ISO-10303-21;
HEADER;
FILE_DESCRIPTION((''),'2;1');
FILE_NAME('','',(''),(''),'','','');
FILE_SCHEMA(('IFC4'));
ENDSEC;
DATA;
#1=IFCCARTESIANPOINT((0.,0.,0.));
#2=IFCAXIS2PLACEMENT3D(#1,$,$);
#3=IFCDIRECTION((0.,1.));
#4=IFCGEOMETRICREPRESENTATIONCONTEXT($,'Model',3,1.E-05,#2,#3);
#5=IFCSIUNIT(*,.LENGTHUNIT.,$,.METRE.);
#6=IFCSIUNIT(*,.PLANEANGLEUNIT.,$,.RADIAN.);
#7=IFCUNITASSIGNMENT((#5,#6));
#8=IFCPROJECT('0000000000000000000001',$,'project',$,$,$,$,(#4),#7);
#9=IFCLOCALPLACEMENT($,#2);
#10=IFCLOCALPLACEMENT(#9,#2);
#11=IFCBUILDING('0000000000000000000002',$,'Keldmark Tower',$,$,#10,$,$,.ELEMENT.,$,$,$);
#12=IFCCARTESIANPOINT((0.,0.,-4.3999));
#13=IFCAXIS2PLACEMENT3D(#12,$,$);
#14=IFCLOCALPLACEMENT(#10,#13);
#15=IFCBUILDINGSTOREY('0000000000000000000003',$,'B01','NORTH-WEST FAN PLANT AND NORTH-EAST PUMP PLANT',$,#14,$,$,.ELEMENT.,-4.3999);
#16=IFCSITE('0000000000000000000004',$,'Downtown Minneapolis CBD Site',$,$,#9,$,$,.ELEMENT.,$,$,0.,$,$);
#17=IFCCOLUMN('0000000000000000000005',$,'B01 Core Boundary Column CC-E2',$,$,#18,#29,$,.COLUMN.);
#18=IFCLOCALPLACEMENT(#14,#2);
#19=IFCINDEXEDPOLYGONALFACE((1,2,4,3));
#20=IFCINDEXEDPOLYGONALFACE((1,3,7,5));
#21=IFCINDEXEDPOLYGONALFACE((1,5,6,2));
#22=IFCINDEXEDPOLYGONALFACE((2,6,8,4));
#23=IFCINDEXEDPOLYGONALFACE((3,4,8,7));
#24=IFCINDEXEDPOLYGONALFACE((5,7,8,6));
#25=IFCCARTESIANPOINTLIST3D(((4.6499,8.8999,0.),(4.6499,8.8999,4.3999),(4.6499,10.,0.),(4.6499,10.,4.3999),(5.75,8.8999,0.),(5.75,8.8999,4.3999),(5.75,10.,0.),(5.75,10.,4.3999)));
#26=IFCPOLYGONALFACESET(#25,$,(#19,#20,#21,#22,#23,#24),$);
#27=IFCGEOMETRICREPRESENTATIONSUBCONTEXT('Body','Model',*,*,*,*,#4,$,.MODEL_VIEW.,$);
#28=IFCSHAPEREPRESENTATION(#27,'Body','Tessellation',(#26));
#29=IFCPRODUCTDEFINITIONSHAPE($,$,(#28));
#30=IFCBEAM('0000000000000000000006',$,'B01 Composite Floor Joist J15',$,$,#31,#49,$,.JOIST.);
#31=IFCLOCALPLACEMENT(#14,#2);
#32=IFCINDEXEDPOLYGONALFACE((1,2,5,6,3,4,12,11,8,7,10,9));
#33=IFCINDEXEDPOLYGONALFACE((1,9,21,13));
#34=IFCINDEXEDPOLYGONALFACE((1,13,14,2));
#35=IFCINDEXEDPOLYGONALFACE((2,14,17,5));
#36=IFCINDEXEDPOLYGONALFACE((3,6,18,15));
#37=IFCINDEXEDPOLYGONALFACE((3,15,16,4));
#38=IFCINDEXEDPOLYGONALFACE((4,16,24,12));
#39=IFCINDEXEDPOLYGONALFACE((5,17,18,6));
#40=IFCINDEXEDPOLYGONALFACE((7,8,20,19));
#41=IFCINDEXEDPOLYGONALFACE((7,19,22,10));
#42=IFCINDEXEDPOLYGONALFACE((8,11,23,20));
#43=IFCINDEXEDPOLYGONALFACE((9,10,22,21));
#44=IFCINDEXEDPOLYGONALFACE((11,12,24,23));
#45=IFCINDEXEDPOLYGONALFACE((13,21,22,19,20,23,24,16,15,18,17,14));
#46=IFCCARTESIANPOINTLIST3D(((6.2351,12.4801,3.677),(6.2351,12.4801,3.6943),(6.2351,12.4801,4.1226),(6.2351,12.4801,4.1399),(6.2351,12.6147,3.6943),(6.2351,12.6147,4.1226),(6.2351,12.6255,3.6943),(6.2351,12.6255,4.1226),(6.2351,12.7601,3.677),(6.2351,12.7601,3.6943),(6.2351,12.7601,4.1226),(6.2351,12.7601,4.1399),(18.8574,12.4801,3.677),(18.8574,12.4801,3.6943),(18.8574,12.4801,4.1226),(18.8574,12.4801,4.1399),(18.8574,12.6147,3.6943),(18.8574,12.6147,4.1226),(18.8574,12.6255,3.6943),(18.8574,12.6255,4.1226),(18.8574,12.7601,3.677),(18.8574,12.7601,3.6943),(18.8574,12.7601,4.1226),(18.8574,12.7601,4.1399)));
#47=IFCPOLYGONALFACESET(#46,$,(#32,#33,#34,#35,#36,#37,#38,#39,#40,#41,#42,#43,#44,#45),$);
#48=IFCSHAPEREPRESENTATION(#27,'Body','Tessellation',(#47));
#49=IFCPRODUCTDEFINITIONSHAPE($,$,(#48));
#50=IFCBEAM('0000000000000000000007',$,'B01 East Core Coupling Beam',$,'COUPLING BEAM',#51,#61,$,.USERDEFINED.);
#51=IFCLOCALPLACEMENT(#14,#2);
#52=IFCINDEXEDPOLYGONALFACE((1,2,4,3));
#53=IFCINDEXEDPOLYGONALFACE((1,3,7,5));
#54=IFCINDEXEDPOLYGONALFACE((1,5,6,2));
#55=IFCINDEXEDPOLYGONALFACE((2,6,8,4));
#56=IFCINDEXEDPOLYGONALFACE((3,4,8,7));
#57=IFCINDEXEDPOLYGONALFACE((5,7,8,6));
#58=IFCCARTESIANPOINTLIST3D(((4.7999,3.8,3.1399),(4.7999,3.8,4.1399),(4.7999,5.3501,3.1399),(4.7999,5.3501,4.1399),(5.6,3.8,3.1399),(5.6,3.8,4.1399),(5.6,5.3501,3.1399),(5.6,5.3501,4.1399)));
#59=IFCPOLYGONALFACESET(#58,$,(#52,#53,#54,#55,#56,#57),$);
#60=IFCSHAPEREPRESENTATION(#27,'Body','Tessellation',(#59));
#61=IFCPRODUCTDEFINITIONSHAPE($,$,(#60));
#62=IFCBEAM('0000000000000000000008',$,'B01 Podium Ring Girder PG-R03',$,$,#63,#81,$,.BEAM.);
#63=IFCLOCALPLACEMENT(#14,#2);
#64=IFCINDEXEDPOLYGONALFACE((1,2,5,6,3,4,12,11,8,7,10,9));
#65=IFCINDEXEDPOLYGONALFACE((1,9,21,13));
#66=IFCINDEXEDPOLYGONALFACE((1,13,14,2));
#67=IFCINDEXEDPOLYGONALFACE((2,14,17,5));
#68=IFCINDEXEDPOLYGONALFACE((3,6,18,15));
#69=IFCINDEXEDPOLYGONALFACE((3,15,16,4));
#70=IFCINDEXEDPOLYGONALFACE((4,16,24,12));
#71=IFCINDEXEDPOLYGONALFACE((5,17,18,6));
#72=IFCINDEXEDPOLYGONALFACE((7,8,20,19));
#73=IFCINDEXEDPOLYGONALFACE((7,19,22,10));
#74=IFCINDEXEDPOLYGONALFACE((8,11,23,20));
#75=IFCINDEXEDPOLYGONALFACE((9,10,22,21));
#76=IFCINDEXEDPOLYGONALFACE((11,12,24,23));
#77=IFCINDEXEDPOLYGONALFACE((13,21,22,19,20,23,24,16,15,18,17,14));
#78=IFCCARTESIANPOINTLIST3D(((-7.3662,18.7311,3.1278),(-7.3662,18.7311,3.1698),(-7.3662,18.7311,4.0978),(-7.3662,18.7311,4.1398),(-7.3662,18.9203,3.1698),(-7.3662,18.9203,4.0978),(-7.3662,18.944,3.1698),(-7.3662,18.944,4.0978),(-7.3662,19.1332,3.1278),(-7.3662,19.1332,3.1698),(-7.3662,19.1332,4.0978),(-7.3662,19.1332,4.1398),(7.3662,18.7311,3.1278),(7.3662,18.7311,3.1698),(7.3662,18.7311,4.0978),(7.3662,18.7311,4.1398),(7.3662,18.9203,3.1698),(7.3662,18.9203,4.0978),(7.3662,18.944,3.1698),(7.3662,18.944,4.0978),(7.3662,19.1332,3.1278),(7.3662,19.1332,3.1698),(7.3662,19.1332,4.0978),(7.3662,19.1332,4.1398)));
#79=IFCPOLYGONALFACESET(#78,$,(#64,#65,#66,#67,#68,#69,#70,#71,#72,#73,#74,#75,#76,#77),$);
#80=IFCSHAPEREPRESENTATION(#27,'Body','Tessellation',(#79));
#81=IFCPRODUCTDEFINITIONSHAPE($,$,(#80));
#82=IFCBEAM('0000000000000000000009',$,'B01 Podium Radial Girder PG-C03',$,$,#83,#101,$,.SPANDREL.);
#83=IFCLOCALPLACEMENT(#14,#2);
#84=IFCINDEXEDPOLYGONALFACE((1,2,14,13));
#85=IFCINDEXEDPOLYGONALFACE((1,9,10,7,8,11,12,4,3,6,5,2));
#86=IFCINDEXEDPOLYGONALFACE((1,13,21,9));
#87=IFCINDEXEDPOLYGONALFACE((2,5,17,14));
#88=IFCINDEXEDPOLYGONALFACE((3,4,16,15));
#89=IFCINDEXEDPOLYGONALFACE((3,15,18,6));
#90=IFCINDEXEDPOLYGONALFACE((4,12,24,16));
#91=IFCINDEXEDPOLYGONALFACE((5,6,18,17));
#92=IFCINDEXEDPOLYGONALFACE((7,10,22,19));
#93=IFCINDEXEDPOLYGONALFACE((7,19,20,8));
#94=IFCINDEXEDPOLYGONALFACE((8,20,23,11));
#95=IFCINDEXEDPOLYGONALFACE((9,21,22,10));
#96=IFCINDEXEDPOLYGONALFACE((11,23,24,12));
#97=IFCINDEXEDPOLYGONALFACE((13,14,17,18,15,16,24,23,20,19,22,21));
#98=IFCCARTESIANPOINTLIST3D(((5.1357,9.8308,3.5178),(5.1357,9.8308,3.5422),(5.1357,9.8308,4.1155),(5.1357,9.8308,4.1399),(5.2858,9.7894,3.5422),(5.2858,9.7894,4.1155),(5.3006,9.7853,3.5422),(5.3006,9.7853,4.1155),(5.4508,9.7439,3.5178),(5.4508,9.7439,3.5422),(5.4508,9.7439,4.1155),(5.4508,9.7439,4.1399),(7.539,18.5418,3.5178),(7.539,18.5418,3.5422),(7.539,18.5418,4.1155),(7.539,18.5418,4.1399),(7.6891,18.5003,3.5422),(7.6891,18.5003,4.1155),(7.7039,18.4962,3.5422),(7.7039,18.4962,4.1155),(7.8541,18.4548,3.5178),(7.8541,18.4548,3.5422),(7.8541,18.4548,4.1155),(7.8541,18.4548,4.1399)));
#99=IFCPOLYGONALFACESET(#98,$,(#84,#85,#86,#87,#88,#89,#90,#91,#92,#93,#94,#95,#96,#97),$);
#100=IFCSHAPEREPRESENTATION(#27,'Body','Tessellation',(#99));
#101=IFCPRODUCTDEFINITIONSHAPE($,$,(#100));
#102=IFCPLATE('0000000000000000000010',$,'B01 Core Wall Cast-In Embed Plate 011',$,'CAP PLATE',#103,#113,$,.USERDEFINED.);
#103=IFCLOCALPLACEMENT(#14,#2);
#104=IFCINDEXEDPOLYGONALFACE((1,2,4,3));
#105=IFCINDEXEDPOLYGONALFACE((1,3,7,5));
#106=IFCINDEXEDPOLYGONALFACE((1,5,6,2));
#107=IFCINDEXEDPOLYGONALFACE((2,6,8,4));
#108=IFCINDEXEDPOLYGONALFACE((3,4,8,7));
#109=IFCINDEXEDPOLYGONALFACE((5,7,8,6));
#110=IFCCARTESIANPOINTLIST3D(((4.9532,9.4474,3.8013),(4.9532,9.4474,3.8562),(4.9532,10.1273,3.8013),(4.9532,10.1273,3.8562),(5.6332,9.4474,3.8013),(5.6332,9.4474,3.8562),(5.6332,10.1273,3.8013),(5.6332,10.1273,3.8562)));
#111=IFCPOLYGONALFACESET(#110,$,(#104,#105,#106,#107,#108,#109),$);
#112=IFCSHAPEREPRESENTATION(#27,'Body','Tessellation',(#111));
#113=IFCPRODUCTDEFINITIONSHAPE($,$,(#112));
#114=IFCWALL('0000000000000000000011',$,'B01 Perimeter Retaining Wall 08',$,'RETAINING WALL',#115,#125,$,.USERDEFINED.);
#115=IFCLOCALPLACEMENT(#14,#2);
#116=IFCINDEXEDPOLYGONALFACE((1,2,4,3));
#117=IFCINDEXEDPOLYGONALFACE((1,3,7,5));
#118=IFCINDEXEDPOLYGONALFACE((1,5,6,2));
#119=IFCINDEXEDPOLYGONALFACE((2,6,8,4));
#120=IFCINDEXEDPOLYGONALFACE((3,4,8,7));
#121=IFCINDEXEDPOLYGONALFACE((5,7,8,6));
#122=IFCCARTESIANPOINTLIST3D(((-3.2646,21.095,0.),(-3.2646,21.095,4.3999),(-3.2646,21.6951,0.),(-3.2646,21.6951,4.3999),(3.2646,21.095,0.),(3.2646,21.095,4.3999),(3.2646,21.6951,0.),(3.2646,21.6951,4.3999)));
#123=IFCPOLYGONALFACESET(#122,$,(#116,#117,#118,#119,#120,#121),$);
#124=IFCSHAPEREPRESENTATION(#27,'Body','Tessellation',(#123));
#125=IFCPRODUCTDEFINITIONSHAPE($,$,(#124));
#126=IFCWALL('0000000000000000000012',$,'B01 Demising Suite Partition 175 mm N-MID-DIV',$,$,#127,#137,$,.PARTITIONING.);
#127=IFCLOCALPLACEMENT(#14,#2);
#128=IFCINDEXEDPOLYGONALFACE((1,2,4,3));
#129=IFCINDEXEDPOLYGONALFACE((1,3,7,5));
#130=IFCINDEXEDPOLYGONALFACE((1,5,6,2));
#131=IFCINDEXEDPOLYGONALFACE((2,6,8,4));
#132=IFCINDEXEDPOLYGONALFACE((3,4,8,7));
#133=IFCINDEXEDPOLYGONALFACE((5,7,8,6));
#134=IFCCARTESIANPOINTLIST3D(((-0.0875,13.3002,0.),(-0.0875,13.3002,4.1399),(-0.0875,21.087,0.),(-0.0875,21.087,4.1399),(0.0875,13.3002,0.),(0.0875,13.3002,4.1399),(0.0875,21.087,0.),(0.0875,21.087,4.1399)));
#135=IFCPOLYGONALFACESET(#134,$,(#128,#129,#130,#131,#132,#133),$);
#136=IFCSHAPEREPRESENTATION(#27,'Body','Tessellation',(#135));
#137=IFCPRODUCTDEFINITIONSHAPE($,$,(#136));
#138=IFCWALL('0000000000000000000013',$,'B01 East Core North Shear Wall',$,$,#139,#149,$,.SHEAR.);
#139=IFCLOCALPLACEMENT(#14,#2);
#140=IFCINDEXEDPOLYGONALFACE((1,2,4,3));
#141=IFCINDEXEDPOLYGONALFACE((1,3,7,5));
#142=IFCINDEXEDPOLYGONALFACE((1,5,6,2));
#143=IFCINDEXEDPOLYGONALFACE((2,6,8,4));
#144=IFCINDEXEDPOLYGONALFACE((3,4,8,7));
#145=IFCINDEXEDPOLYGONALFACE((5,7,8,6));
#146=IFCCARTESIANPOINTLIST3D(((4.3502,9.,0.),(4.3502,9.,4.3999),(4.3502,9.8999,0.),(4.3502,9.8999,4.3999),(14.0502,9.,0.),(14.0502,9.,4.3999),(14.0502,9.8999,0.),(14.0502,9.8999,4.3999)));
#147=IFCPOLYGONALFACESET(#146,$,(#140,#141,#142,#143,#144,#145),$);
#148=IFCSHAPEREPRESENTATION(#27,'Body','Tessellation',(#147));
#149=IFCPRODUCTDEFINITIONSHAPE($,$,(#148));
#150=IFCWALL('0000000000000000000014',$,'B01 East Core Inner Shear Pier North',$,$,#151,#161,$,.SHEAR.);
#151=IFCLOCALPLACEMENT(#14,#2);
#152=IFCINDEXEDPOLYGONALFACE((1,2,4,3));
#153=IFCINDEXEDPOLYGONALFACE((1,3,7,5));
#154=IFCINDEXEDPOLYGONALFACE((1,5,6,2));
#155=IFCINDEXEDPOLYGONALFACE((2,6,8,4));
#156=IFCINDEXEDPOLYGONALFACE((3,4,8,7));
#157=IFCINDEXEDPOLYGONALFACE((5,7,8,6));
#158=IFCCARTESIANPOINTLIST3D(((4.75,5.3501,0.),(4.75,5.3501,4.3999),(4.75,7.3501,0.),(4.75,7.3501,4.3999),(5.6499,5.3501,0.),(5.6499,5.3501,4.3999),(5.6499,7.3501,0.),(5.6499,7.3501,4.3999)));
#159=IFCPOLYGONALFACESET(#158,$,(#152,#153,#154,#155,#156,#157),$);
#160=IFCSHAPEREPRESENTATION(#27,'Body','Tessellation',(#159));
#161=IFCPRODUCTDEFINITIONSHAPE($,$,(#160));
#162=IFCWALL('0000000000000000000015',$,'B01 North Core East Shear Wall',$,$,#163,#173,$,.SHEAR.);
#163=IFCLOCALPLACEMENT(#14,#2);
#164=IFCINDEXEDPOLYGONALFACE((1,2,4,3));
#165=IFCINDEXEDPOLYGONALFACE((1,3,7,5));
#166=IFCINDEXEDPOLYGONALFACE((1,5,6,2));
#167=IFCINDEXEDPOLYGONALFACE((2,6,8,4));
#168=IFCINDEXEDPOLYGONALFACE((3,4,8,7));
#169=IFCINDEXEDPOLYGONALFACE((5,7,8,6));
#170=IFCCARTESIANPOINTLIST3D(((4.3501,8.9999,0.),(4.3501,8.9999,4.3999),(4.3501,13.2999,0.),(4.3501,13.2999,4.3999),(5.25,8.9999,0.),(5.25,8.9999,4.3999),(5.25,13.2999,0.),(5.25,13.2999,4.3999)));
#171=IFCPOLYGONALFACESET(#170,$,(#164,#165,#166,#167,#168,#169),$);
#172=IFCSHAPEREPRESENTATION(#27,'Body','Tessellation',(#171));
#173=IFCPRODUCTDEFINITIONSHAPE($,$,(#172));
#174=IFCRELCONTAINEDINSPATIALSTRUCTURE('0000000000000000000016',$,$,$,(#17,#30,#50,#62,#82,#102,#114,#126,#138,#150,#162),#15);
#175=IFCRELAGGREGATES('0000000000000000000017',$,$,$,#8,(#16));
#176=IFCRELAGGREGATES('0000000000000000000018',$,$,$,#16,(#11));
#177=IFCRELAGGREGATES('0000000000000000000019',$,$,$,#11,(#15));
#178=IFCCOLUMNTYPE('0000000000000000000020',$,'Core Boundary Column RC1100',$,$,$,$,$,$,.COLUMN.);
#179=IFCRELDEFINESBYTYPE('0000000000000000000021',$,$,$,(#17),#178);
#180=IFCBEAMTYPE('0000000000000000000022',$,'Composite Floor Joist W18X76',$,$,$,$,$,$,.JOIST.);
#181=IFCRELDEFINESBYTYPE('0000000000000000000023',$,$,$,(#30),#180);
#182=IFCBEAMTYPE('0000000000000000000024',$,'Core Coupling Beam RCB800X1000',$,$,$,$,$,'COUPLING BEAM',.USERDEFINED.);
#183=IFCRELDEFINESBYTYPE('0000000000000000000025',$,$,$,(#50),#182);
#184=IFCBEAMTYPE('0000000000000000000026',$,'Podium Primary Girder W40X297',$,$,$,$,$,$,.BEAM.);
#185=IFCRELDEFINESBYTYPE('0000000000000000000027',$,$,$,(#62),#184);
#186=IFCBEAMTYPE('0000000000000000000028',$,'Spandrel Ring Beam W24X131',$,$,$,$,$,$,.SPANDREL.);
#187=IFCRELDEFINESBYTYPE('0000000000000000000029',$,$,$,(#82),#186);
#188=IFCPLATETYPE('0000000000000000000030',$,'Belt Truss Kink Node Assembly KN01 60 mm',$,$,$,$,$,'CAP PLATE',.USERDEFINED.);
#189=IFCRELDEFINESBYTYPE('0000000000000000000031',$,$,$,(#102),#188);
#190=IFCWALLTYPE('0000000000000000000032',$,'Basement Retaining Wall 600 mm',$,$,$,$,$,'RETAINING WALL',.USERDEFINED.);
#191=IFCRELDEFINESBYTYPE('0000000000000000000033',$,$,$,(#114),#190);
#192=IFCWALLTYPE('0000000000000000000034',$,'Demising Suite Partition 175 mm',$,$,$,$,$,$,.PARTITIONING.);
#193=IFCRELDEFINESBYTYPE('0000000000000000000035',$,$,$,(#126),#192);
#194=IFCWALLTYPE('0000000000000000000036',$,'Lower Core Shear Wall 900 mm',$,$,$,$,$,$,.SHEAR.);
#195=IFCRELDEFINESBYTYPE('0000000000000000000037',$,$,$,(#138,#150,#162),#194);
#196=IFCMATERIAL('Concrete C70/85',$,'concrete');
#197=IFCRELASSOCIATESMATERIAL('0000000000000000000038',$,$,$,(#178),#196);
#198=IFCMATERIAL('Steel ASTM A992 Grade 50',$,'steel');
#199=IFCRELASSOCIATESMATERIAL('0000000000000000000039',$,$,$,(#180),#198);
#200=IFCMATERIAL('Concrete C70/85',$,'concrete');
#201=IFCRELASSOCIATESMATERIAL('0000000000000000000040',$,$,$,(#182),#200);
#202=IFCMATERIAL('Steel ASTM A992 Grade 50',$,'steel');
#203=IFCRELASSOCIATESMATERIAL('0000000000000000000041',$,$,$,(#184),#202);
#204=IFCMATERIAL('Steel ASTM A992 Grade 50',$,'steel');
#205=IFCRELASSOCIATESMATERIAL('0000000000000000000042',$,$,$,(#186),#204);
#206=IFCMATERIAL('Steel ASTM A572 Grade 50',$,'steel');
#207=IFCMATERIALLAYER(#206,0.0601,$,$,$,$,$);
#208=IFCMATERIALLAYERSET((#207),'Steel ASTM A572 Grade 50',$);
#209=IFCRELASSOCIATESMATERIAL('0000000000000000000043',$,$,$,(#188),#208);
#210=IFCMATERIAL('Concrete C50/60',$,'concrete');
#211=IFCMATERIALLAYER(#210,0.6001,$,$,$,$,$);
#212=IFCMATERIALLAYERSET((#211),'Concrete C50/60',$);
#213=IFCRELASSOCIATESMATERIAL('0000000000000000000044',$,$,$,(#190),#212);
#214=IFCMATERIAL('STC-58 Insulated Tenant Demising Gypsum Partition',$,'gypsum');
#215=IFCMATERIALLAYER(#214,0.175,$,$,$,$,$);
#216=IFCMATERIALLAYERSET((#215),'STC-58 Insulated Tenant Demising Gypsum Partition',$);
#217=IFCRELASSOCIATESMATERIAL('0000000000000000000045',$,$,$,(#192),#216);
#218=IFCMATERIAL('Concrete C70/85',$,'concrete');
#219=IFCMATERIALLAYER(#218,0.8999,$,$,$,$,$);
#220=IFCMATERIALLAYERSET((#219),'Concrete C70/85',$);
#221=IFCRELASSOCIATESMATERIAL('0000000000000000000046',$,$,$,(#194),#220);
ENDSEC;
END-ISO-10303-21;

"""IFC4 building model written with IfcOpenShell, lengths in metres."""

from ifc_helpers import new_model, si_unit, direction, frame, frame_2d, origin, origin_2d, place, context, subcontext, project, spatial, rectangle, i_section, extrude, material, layer, layer_set, material_profile, profile_set, type_object, element, save


model = new_model("IFC4")

# Units and contexts
model_context = context("Model", 3, precision=1e-05, world=origin(), true_north=direction((0.0, 1.0)))
body_context = subcontext(model_context, "Body", "Model", "MODEL_VIEW")
ifc_project = project(units=[si_unit("LENGTHUNIT", "METRE"), si_unit("PLANEANGLEUNIT", "RADIAN")], contexts=[model_context])

# Site, building, storey
site_placement = place(None, origin())
site = spatial("IfcSite", under=ifc_project, at=site_placement, Name="Downtown Minneapolis CBD Site", CompositionType="ELEMENT", RefElevation=0.0)
building_placement = place(site_placement, origin())
building = spatial("IfcBuilding", under=site, at=building_placement, Name="Keldmark Tower", CompositionType="ELEMENT")
storey_placement = place(building_placement, frame((0.0, 0.0, -4.3999)))
storey = spatial("IfcBuildingStorey", under=building, at=storey_placement, Name="B01", Description="NORTH-WEST FAN PLANT AND NORTH-EAST PUMP PLANT", CompositionType="ELEMENT", Elevation=-4.3999)

# Column
ifc_material_1 = material(Name="Concrete C70/85", Category="concrete")
ifc_material_profile_1 = material_profile(ifc_material_1, rectangle(XDim=1.1001, YDim=1.1001, at=origin_2d()), Name="RC1100X1100")
ifc_profile_set_1 = profile_set([ifc_material_profile_1], Name="Concrete C70/85")
column_type = type_object("IfcColumnType", Name="Core Boundary Column RC1100", PredefinedType="COLUMN", material=ifc_profile_set_1)
column_placement = place(storey_placement, frame((5.2, 9.45, 0.0), z_axis=(0.0, 0.0, 1.0), x_axis=(1.0, 0.0, 0.0)))
element("IfcColumn", 1, at=column_placement, inside=storey, type_object=column_type, Name="B01 Core Boundary Column CC-E2", PredefinedType="COLUMN", context=body_context, shape_type="SweptSolid", body=[
    extrude(rectangle(XDim=1.1001, YDim=1.1001, at=origin_2d()), origin(), (0.0, 0.0, 1.0), 4.3999),
])

# Beams
ifc_material_2 = material(Name="Steel ASTM A992 Grade 50", Category="steel")
ifc_material_profile_2 = material_profile(ifc_material_2, i_section(OverallWidth=0.28, OverallDepth=0.4629, WebThickness=0.0107, FlangeThickness=0.0173, at=origin_2d()), Name="W18X76")
ifc_profile_set_2 = profile_set([ifc_material_profile_2], Name="Steel ASTM A992 Grade 50")
beam_type_1 = type_object("IfcBeamType", Name="Composite Floor Joist W18X76", PredefinedType="JOIST", material=ifc_profile_set_2)
beam_1_placement = place(storey_placement, frame((6.2351, 12.6201, 3.9084), z_axis=(1.0, 0.0, 0.0), x_axis=(0.0, 1.0, 0.0)))
element("IfcBeam", 2, at=beam_1_placement, inside=storey, type_object=beam_type_1, Name="B01 Composite Floor Joist J15", PredefinedType="JOIST", context=body_context, shape_type="SweptSolid", body=[
    extrude(i_section(OverallWidth=0.28, OverallDepth=0.4629, WebThickness=0.0107, FlangeThickness=0.0173, at=origin_2d()), origin(), (0.0, 0.0, 1.0), 12.6223),
])
ifc_material_3 = material(Name="Concrete C70/85", Category="concrete")
ifc_material_profile_3 = material_profile(ifc_material_3, rectangle(XDim=0.8, YDim=1.0, at=origin_2d()), Name="RCB800X1000")
ifc_profile_set_3 = profile_set([ifc_material_profile_3], Name="Concrete C70/85")
beam_type_2 = type_object("IfcBeamType", Name="Core Coupling Beam RCB800X1000", ElementType="COUPLING BEAM", PredefinedType="USERDEFINED", material=ifc_profile_set_3)
beam_2_placement = place(storey_placement, frame((5.2, 3.8, 3.6399), z_axis=(0.0, 1.0, 0.0), x_axis=(-1.0, 0.0, 0.0)))
element("IfcBeam", 3, at=beam_2_placement, inside=storey, type_object=beam_type_2, Name="B01 East Core Coupling Beam", ObjectType="COUPLING BEAM", PredefinedType="USERDEFINED", context=body_context, shape_type="SweptSolid", body=[
    extrude(rectangle(XDim=0.8, YDim=1.0, at=origin_2d()), origin(), (0.0, 0.0, 1.0), 1.55),
])
ifc_material_4 = material(Name="Steel ASTM A992 Grade 50", Category="steel")
ifc_material_profile_4 = material_profile(ifc_material_4, i_section(OverallWidth=0.4021, OverallDepth=1.012, WebThickness=0.0237, FlangeThickness=0.042, at=origin_2d()), Name="W40X297")
ifc_profile_set_4 = profile_set([ifc_material_profile_4], Name="Steel ASTM A992 Grade 50")
beam_type_3 = type_object("IfcBeamType", Name="Podium Primary Girder W40X297", PredefinedType="BEAM", material=ifc_profile_set_4)
beam_3_placement = place(storey_placement, frame((7.3662, 18.9321, 3.6338), z_axis=(-1.0, 0.0, 0.0), x_axis=(0.0, -1.0, 0.0)))
element("IfcBeam", 4, at=beam_3_placement, inside=storey, type_object=beam_type_3, Name="B01 Podium Ring Girder PG-R03", PredefinedType="BEAM", context=body_context, shape_type="SweptSolid", body=[
    extrude(i_section(OverallWidth=0.4021, OverallDepth=1.012, WebThickness=0.0237, FlangeThickness=0.042, at=origin_2d()), origin(), (0.0, 0.0, 1.0), 14.7324),
])
ifc_material_5 = material(Name="Steel ASTM A992 Grade 50", Category="steel")
ifc_material_profile_5 = material_profile(ifc_material_5, i_section(OverallWidth=0.3269, OverallDepth=0.6221, WebThickness=0.0154, FlangeThickness=0.0244, at=origin_2d()), Name="W24X131")
ifc_profile_set_5 = profile_set([ifc_material_profile_5], Name="Steel ASTM A992 Grade 50")
beam_type_4 = type_object("IfcBeamType", Name="Spandrel Ring Beam W24X131", PredefinedType="SPANDREL", material=ifc_profile_set_5)
beam_4_placement = place(storey_placement, frame((7.6965, 18.4983, 3.8289), z_axis=(-0.26596, -0.963984, 0.0), x_axis=(0.963984, -0.26596, 0.0)))
element("IfcBeam", 5, at=beam_4_placement, inside=storey, type_object=beam_type_4, Name="B01 Podium Radial Girder PG-C03", PredefinedType="SPANDREL", context=body_context, shape_type="SweptSolid", body=[
    extrude(i_section(OverallWidth=0.3269, OverallDepth=0.6221, WebThickness=0.0154, FlangeThickness=0.0244, at=origin_2d()), origin(), (0.0, 0.0, 1.0), 9.0364),
])

# Plate
ifc_material_6 = material(Name="Steel ASTM A572 Grade 50", Category="steel")
ifc_layer_1 = layer(ifc_material_6, 0.0601)
ifc_layer_set_1 = layer_set([ifc_layer_1], Name="Steel ASTM A572 Grade 50")
plate_type = type_object("IfcPlateType", Name="Belt Truss Kink Node Assembly KN01 60 mm", ElementType="CAP PLATE", PredefinedType="USERDEFINED", material=ifc_layer_set_1)
plate_placement = place(storey_placement, frame((5.2932, 9.7874, 3.8013), z_axis=(0.0, 0.0, 1.0), x_axis=(1.0, 0.0, 0.0)))
element("IfcPlate", 6, at=plate_placement, inside=storey, type_object=plate_type, Name="B01 Core Wall Cast-In Embed Plate 011", ObjectType="CAP PLATE", PredefinedType="USERDEFINED", context=body_context, shape_type="SweptSolid", body=[
    extrude(rectangle(XDim=0.6799, YDim=0.6799, at=origin_2d()), origin(), (0.0, 0.0, 1.0), 0.0549),
])

# Walls
ifc_material_7 = material(Name="Concrete C50/60", Category="concrete")
ifc_layer_2 = layer(ifc_material_7, 0.6001)
ifc_layer_set_2 = layer_set([ifc_layer_2], Name="Concrete C50/60")
wall_type_1 = type_object("IfcWallType", Name="Basement Retaining Wall 600 mm", ElementType="RETAINING WALL", PredefinedType="USERDEFINED", material=ifc_layer_set_2)
wall_1_placement = place(storey_placement, frame((3.2646, 21.395, 0.0), z_axis=(0.0, 0.0, 1.0), x_axis=(-1.0, 0.0, 0.0)))
element("IfcWall", 7, at=wall_1_placement, inside=storey, type_object=wall_type_1, Name="B01 Perimeter Retaining Wall 08", ObjectType="RETAINING WALL", PredefinedType="USERDEFINED", context=body_context, shape_type="SweptSolid", body=[
    extrude(rectangle(XDim=6.5293, YDim=0.6001, at=frame_2d((3.2646, 0.0))), origin(), (0.0, 0.0, 1.0), 4.3999),
])
ifc_material_8 = material(Name="STC-58 Insulated Tenant Demising Gypsum Partition", Category="gypsum")
ifc_layer_3 = layer(ifc_material_8, 0.175)
ifc_layer_set_3 = layer_set([ifc_layer_3], Name="STC-58 Insulated Tenant Demising Gypsum Partition")
wall_type_2 = type_object("IfcWallType", Name="Demising Suite Partition 175 mm", PredefinedType="PARTITIONING", material=ifc_layer_set_3)
wall_2_placement = place(storey_placement, frame((0.0, 13.3, 0.0), z_axis=(0.0, 0.0, 1.0), x_axis=(0.0, 1.0, 0.0)))
element("IfcWall", 8, at=wall_2_placement, inside=storey, type_object=wall_type_2, Name="B01 Demising Suite Partition 175 mm N-MID-DIV", PredefinedType="PARTITIONING", context=body_context, shape_type="SweptSolid", body=[
    extrude(rectangle(XDim=7.7869, YDim=0.175, at=frame_2d((3.8936, 0.0))), origin(), (0.0, 0.0, 1.0), 4.1399),
])
ifc_material_9 = material(Name="Concrete C70/85", Category="concrete")
ifc_layer_4 = layer(ifc_material_9, 0.8999)
ifc_layer_set_4 = layer_set([ifc_layer_4], Name="Concrete C70/85")
wall_type_3 = type_object("IfcWallType", Name="Lower Core Shear Wall 900 mm", PredefinedType="SHEAR", material=ifc_layer_set_4)
wall_3_placement = place(storey_placement, frame((4.3501, 9.45, 0.0), z_axis=(0.0, 0.0, 1.0), x_axis=(1.0, 0.0, 0.0)))
element("IfcWall", 9, at=wall_3_placement, inside=storey, type_object=wall_type_3, Name="B01 East Core North Shear Wall", PredefinedType="SHEAR", context=body_context, shape_type="SweptSolid", body=[
    extrude(rectangle(XDim=9.7, YDim=0.8999, at=frame_2d((4.8501, 0.0))), origin(), (0.0, 0.0, 1.0), 4.3999),
])
wall_4_placement = place(storey_placement, frame((5.2, 5.3501, 0.0), z_axis=(0.0, 0.0, 1.0), x_axis=(0.0, 1.0, 0.0)))
element("IfcWall", 10, at=wall_4_placement, inside=storey, type_object=wall_type_3, Name="B01 East Core Inner Shear Pier North", PredefinedType="SHEAR", context=body_context, shape_type="SweptSolid", body=[
    extrude(rectangle(XDim=2.0, YDim=0.8999, at=frame_2d((1.0, 0.0))), origin(), (0.0, 0.0, 1.0), 4.3999),
])
wall_5_placement = place(storey_placement, frame((4.8, 9.0, 0.0), z_axis=(0.0, 0.0, 1.0), x_axis=(0.0, 1.0, 0.0)))
element("IfcWall", 11, at=wall_5_placement, inside=storey, type_object=wall_type_3, Name="B01 North Core East Shear Wall", PredefinedType="SHEAR", context=body_context, shape_type="SweptSolid", body=[
    extrude(rectangle(XDim=4.3, YDim=0.8999, at=frame_2d((2.1499, 0.0))), origin(), (0.0, 0.0, 1.0), 4.3999),
])

save(model, "model.ifc")
